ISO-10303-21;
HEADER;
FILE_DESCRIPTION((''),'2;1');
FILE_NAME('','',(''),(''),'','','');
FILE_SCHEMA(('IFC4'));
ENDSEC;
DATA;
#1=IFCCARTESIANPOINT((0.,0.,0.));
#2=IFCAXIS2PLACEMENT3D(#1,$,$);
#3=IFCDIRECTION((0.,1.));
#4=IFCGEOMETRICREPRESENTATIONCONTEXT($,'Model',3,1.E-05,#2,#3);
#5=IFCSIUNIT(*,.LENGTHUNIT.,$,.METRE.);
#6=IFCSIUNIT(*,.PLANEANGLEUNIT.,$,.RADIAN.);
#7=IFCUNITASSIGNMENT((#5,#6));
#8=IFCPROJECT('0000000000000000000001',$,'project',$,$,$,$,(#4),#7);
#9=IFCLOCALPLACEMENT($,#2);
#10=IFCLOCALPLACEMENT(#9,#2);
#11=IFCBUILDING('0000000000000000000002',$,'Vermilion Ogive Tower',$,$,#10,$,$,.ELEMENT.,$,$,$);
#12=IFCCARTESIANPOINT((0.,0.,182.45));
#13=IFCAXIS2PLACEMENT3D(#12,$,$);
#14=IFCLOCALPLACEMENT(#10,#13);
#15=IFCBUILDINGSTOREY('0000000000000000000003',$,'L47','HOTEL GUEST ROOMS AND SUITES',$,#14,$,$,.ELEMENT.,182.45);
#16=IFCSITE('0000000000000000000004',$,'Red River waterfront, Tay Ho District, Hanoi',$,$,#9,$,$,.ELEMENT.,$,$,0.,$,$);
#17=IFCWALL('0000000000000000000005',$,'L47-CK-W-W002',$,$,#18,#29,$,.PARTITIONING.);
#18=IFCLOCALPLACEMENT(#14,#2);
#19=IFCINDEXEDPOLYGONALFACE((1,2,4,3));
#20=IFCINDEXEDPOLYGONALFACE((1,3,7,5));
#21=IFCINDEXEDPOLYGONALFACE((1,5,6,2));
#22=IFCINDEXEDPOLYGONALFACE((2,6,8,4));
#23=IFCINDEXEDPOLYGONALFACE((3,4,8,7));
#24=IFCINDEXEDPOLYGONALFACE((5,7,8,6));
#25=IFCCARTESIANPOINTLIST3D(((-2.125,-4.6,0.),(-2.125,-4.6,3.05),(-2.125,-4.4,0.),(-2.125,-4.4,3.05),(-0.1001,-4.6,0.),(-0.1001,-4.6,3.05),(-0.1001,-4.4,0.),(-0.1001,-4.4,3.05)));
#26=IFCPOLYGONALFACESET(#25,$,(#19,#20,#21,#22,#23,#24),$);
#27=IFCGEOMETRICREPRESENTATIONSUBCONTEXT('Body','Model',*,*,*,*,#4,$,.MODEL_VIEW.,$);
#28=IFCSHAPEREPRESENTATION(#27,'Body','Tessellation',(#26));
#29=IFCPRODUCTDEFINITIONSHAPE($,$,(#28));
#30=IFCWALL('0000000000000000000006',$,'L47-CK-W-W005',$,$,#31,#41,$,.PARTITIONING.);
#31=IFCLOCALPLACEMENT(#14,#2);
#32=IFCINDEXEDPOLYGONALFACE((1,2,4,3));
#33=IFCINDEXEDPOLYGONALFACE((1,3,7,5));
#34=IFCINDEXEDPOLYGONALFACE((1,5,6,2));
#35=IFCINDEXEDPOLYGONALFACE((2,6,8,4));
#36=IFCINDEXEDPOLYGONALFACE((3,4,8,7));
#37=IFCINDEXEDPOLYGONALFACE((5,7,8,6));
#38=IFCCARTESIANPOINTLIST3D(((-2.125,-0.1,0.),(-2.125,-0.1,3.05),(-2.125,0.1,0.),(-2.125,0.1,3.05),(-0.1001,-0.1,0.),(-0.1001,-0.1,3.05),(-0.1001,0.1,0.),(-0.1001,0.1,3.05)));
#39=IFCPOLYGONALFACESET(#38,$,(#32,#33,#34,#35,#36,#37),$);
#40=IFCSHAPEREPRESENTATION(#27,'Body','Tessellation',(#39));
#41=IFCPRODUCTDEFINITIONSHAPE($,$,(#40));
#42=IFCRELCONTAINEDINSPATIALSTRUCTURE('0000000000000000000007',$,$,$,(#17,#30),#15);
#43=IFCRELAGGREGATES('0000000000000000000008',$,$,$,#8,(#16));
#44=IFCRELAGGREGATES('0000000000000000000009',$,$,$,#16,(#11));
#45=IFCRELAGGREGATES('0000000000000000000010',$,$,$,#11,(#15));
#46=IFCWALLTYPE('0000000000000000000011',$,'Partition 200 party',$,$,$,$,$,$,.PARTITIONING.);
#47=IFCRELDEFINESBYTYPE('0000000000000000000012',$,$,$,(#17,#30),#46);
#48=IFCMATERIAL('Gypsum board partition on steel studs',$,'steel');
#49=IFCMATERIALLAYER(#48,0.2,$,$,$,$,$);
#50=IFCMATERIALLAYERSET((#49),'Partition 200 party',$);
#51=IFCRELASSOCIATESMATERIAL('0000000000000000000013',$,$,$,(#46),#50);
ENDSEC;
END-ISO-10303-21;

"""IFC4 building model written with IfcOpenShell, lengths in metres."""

from ifc_helpers import new_model, si_unit, direction, frame, frame_2d, origin, place, context, subcontext, project, spatial, rectangle, extrude, material, layer, layer_set, type_object, element, save


model = new_model("IFC4")

# Units and contexts
model_context = context("Model", 3, precision=1e-05, world=origin(), true_north=direction((0.0, 1.0)))
body_context = subcontext(model_context, "Body", "Model", "MODEL_VIEW")
ifc_project = project(units=[si_unit("LENGTHUNIT", "METRE"), si_unit("PLANEANGLEUNIT", "RADIAN")], contexts=[model_context])

# Site, building, storey
site_placement = place(None, origin())
site = spatial("IfcSite", under=ifc_project, at=site_placement, Name="Red River waterfront, Tay Ho District, Hanoi", CompositionType="ELEMENT", RefElevation=0.0)
building_placement = place(site_placement, origin())
building = spatial("IfcBuilding", under=site, at=building_placement, Name="Vermilion Ogive Tower", CompositionType="ELEMENT")
storey_placement = place(building_placement, frame((0.0, 0.0, 182.45)))
storey = spatial("IfcBuildingStorey", under=building, at=storey_placement, Name="L47", Description="HOTEL GUEST ROOMS AND SUITES", CompositionType="ELEMENT", Elevation=182.45)

# Walls
ifc_material_1 = material(Name="Gypsum board partition on steel studs", Category="steel")
ifc_layer_1 = layer(ifc_material_1, 0.2)
ifc_layer_set_1 = layer_set([ifc_layer_1], Name="Partition 200 party")
wall_type_1 = type_object("IfcWallType", Name="Partition 200 party", PredefinedType="PARTITIONING", material=ifc_layer_set_1)
for number, where, z_axis, x_axis, name in (
    (1, (-2.125, -4.5, 0.0), (0.0, 0.0, 1.0), (1.0, 0.0, 0.0), "L47-CK-W-W002"),
    (2, (-2.125, 0.0, 0.0), (0.0, 0.0, 1.0), (1.0, 0.0, 0.0), "L47-CK-W-W005"),
):
    element("IfcWall", number, at=place(storey_placement, frame(where, z_axis=z_axis, x_axis=x_axis)), inside=storey, type_object=wall_type_1, Name=name, PredefinedType="PARTITIONING", context=body_context, shape_type="SweptSolid", body=[
        extrude(rectangle(XDim=2.0249, YDim=0.2, at=frame_2d((1.0125, 0.0))), origin(), (0.0, 0.0, 1.0), 3.05),
    ])

save(model, "model.ifc")
